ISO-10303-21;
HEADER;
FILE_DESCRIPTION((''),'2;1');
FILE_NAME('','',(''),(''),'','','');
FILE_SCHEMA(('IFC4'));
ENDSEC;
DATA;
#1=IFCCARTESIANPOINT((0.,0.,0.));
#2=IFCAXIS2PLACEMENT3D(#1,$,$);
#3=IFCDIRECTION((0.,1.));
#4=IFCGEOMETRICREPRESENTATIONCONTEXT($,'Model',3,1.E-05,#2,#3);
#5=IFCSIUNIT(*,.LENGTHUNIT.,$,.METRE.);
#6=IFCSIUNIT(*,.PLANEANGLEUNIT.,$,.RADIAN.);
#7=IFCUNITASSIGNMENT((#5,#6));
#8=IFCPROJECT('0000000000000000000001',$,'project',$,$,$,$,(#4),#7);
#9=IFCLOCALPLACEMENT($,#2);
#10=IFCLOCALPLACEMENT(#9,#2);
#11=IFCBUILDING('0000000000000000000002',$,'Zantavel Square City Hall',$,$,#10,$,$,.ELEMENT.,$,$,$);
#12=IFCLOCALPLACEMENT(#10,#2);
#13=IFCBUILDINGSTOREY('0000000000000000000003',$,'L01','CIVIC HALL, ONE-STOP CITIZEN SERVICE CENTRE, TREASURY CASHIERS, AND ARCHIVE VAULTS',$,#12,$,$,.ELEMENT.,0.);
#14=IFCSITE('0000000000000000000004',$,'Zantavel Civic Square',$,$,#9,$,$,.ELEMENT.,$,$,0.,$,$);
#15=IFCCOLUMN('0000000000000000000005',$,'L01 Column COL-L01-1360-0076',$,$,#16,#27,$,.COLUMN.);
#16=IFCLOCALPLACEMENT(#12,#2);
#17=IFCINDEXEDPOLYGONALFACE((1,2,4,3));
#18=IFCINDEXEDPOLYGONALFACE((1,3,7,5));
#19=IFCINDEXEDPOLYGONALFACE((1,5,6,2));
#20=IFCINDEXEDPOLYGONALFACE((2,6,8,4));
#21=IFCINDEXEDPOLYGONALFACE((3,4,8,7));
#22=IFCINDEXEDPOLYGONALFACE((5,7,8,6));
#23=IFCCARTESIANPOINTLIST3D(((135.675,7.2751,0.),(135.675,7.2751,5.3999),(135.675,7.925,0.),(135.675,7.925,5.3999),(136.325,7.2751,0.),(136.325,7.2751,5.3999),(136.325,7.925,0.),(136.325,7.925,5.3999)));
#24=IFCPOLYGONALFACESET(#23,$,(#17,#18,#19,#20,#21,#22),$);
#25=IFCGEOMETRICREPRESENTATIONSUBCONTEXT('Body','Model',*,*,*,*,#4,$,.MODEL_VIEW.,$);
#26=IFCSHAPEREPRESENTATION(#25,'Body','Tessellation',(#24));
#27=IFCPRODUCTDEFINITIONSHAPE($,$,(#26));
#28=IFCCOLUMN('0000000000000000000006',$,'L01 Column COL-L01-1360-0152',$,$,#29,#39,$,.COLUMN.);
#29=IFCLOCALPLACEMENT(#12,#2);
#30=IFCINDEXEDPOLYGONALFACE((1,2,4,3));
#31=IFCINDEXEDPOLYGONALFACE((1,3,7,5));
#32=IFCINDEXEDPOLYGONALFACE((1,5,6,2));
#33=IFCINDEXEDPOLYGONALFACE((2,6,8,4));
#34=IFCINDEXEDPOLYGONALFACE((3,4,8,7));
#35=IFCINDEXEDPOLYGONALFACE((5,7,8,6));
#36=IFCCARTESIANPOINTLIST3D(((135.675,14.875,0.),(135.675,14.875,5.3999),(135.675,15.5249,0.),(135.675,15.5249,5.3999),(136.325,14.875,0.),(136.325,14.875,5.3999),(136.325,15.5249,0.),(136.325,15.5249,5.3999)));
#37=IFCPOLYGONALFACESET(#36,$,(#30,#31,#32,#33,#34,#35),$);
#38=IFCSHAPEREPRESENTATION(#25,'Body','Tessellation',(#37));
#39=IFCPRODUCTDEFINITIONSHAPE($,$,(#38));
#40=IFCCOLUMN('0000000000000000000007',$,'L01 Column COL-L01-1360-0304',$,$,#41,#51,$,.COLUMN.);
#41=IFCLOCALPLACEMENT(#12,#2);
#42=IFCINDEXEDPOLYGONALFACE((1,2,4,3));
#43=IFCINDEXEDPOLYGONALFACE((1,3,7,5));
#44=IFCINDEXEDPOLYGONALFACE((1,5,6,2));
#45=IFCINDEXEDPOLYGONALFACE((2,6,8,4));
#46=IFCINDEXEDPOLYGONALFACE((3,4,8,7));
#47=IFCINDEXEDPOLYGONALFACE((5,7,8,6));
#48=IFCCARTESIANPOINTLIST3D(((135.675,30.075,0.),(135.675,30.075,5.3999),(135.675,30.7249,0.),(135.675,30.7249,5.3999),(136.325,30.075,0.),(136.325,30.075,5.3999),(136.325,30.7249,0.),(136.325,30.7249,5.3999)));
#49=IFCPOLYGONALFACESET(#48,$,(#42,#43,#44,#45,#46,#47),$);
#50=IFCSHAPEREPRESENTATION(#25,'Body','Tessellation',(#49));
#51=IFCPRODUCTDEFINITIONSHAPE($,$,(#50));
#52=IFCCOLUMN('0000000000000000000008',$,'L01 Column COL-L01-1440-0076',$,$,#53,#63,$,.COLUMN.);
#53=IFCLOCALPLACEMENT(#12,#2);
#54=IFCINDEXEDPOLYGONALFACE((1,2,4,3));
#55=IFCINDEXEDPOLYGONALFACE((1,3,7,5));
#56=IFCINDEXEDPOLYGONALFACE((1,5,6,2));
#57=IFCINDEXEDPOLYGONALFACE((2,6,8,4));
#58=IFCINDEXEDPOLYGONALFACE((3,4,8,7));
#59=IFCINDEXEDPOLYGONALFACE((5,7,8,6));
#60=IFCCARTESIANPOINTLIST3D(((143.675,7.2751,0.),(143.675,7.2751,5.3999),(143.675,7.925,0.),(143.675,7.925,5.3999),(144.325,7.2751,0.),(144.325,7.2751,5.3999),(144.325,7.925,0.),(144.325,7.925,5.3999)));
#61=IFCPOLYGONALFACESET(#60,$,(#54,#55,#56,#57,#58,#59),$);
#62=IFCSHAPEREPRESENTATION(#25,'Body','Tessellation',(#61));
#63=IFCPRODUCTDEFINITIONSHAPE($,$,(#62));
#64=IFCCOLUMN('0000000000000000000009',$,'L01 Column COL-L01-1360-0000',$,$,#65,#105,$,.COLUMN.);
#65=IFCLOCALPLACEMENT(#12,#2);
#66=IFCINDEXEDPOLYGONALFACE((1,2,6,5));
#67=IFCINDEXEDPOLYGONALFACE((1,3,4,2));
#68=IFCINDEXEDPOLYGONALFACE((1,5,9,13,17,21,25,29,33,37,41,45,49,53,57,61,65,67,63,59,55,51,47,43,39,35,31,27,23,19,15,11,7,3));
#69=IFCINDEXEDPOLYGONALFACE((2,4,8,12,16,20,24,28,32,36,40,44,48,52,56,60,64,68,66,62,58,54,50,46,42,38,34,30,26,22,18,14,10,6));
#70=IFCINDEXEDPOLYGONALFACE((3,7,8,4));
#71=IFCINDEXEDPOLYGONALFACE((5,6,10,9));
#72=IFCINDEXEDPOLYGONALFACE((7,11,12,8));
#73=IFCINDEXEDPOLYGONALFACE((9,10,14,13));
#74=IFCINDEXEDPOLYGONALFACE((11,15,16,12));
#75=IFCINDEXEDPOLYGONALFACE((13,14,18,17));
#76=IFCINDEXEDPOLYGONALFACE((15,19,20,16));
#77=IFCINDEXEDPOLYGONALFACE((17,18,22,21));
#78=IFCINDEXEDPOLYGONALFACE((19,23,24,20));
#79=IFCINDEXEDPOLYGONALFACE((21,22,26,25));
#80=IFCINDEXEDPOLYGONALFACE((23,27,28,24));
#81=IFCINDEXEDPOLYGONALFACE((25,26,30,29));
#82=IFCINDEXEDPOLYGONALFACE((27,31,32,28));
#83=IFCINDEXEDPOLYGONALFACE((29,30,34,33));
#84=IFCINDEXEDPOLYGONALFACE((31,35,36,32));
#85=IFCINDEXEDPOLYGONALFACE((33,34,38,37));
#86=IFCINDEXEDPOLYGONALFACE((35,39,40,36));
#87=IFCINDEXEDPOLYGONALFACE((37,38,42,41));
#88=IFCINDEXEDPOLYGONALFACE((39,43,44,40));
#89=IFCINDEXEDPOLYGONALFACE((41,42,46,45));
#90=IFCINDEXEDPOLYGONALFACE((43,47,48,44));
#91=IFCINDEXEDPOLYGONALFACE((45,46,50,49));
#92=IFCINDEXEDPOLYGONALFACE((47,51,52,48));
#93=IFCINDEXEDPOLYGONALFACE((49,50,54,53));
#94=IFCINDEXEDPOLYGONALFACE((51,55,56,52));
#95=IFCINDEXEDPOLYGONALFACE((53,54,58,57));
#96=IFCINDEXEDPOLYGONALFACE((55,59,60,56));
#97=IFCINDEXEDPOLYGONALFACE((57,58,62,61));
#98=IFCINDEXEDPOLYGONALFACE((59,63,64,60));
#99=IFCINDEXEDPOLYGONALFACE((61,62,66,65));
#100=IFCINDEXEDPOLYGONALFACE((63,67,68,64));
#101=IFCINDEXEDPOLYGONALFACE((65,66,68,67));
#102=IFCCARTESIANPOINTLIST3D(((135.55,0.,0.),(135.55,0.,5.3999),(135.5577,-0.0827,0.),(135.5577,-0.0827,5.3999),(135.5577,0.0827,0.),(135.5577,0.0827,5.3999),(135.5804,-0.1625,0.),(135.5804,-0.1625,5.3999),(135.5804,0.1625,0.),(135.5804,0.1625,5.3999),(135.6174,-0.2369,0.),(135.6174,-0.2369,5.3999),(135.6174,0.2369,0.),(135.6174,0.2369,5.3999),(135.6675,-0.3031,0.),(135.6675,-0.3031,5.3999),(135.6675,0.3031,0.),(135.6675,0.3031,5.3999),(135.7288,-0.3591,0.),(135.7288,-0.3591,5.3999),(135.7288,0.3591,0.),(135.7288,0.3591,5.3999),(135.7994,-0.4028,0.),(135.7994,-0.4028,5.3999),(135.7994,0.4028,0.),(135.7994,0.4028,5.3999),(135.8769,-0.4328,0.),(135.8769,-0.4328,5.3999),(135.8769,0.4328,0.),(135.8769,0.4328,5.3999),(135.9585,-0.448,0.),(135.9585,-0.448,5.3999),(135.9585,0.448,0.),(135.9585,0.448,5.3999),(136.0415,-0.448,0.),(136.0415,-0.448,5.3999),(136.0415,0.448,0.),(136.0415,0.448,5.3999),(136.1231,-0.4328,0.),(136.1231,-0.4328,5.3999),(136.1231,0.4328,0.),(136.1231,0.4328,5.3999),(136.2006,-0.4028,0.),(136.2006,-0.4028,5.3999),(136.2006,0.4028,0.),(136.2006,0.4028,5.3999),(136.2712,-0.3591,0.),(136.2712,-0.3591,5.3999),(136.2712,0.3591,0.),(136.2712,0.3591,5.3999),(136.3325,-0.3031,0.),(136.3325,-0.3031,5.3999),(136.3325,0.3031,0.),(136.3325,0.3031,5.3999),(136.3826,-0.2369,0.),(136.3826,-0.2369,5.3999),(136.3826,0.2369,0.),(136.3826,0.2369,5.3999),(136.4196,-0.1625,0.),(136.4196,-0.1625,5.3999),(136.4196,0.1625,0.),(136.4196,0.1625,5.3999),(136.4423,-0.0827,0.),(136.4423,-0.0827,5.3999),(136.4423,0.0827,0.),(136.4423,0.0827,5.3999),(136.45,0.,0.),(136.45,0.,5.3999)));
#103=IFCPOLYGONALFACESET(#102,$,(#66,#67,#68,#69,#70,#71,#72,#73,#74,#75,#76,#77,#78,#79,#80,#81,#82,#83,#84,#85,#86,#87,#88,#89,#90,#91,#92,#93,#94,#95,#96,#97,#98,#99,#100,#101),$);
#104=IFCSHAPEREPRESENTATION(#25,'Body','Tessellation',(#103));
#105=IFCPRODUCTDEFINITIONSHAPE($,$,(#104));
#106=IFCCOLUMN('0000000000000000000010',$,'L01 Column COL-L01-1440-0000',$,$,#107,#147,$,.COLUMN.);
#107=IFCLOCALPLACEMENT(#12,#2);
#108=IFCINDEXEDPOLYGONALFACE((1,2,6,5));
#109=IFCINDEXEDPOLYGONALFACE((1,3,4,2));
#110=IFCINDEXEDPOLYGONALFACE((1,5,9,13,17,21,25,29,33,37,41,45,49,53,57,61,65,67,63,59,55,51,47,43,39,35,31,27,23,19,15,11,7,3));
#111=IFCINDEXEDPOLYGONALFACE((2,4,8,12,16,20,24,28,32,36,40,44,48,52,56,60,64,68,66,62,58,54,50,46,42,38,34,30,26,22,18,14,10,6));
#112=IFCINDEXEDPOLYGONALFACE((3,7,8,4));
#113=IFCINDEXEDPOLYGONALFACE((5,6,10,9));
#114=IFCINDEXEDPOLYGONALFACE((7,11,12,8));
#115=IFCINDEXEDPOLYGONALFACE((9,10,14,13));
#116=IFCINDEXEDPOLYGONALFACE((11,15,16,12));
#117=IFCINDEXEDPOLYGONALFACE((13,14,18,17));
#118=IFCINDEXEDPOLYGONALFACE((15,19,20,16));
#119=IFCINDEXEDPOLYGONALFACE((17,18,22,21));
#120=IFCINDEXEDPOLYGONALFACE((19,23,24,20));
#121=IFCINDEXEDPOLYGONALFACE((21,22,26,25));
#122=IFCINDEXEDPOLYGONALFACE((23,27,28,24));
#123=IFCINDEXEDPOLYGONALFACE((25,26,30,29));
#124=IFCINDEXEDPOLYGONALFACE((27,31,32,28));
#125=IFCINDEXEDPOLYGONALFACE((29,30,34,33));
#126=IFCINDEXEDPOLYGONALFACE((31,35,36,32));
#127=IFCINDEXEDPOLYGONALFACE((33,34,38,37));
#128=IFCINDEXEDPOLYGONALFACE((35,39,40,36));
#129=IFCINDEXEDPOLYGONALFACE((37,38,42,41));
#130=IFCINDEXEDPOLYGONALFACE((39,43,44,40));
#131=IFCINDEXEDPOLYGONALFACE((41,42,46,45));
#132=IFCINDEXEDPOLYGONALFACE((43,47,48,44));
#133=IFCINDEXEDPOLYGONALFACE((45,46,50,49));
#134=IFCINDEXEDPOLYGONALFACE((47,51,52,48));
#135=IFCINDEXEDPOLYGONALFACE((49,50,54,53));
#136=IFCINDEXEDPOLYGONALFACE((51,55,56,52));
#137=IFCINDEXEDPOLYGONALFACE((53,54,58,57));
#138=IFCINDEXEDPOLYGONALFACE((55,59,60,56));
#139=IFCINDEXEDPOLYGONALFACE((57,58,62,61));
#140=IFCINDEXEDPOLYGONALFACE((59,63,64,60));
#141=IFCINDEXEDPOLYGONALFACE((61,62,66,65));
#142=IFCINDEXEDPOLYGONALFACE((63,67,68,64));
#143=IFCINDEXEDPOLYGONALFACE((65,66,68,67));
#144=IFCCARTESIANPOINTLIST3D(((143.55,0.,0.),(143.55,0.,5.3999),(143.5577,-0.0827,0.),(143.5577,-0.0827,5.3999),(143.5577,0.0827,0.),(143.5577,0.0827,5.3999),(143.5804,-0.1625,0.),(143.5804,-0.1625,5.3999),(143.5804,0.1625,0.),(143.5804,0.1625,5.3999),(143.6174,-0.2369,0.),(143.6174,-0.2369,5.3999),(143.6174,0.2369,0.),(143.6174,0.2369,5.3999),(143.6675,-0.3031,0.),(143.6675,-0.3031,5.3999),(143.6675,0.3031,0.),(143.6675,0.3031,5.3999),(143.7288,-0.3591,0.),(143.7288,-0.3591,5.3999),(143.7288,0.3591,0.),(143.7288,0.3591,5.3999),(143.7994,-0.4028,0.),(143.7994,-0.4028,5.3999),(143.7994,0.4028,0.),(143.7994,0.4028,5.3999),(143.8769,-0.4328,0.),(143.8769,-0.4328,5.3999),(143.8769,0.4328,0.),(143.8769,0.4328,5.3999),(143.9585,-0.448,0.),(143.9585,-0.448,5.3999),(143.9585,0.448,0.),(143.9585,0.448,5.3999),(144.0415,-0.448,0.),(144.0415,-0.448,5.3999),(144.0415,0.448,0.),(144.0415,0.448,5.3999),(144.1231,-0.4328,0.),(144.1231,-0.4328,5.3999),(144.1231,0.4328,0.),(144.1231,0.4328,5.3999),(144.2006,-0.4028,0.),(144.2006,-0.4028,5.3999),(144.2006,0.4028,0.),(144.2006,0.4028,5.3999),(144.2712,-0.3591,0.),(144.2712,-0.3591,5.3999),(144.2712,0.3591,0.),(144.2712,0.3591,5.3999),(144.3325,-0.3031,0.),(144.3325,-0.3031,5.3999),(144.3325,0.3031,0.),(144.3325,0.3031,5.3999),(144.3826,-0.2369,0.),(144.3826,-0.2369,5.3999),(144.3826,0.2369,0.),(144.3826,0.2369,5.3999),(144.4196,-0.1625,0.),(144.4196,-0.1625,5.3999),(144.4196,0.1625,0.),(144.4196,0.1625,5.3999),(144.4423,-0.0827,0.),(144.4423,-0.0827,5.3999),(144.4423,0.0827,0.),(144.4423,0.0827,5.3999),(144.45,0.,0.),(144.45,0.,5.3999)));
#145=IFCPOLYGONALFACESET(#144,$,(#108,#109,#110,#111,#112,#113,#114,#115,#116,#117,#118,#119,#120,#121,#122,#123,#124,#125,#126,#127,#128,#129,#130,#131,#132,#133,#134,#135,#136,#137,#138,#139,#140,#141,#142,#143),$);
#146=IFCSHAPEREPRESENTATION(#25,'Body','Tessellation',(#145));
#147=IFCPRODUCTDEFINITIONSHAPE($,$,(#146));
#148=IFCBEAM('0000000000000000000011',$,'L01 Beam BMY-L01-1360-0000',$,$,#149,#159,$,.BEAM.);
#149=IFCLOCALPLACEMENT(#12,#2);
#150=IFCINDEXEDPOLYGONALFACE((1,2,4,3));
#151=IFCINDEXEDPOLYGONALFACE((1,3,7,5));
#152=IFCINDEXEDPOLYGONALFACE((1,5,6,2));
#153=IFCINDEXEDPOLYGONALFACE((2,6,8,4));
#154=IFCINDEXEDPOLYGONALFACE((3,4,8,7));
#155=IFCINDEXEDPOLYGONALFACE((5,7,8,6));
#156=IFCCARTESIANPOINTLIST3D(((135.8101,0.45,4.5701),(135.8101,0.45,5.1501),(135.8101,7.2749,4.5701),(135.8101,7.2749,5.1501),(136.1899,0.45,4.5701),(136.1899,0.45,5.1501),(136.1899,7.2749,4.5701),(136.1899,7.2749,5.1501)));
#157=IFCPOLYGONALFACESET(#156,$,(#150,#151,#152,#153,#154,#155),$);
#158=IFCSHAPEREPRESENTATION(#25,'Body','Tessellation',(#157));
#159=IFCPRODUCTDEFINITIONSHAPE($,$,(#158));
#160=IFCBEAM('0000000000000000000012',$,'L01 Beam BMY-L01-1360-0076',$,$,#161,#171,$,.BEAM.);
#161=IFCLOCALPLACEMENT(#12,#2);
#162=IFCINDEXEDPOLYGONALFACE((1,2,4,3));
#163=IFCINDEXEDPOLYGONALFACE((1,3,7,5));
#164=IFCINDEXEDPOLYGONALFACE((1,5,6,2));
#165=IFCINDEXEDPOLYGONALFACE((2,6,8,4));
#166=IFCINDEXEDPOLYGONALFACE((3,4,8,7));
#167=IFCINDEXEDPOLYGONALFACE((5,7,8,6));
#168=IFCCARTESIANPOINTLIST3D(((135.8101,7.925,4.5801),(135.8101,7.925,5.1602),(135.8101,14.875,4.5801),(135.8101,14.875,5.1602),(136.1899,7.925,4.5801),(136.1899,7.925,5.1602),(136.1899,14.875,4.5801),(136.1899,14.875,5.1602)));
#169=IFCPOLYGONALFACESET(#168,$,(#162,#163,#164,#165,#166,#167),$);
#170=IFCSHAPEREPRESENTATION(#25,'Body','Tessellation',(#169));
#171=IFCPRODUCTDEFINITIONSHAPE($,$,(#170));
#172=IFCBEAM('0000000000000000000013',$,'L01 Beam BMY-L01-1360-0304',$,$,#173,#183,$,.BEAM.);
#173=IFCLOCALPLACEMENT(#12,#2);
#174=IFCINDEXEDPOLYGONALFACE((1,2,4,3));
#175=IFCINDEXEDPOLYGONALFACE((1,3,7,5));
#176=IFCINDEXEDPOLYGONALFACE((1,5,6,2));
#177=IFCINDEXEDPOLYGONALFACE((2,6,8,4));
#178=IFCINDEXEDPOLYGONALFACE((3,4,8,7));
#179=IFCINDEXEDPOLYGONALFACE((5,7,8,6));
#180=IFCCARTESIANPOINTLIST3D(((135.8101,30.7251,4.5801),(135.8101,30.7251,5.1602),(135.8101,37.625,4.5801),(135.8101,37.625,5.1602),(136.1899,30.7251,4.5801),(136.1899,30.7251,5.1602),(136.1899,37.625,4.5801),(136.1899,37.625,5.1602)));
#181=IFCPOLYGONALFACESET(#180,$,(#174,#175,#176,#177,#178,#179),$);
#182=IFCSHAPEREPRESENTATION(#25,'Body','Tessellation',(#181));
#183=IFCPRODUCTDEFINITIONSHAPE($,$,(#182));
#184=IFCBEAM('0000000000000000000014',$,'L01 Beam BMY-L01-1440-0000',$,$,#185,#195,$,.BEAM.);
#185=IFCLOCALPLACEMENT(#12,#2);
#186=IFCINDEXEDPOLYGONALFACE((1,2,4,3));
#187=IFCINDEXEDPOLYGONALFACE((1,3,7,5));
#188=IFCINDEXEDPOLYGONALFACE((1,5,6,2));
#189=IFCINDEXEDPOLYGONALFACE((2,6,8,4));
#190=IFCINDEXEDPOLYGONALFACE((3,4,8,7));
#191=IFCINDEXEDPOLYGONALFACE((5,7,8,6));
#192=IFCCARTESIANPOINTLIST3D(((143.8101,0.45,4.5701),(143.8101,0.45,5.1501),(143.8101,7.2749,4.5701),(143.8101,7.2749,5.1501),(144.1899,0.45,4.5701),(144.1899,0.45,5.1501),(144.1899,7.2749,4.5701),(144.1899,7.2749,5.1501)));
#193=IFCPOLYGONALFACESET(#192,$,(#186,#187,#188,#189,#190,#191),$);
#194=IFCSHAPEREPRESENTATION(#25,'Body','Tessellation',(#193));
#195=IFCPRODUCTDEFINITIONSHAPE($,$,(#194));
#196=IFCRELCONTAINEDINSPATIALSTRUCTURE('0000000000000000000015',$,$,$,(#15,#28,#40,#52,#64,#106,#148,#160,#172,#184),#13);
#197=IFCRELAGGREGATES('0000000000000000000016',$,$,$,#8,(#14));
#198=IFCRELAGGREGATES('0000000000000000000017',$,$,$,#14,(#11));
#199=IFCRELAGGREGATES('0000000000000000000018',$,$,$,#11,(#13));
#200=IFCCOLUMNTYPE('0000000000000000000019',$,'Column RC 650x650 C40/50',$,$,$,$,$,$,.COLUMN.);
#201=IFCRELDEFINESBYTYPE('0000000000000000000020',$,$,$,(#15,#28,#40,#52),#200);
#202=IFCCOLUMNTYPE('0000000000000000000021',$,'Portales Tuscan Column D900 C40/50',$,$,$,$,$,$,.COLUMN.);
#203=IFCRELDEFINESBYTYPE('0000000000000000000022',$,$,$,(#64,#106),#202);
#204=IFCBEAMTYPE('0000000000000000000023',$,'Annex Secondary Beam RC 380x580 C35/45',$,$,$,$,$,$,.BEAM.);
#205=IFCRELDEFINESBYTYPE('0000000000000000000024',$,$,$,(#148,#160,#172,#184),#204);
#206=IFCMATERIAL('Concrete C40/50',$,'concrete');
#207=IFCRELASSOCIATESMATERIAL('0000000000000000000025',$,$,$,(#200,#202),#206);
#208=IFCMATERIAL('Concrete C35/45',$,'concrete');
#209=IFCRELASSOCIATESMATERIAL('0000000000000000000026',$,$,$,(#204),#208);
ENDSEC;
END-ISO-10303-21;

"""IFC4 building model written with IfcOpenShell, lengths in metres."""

from ifc_helpers import new_model, si_unit, direction, frame, origin, origin_2d, place, context, subcontext, project, spatial, rectangle, circle, extrude, material, material_profile, profile_set, type_object, element, save


model = new_model("IFC4")

# Units and contexts
model_context = context("Model", 3, precision=1e-05, world=origin(), true_north=direction((0.0, 1.0)))
body_context = subcontext(model_context, "Body", "Model", "MODEL_VIEW")
ifc_project = project(units=[si_unit("LENGTHUNIT", "METRE"), si_unit("PLANEANGLEUNIT", "RADIAN")], contexts=[model_context])

# Site, building, storey
site_placement = place(None, origin())
site = spatial("IfcSite", under=ifc_project, at=site_placement, Name="Zantavel Civic Square", CompositionType="ELEMENT", RefElevation=0.0)
building_placement = place(site_placement, origin())
building = spatial("IfcBuilding", under=site, at=building_placement, Name="Zantavel Square City Hall", CompositionType="ELEMENT")
storey_placement = place(building_placement, origin())
storey = spatial("IfcBuildingStorey", under=building, at=storey_placement, Name="L01", Description="CIVIC HALL, ONE-STOP CITIZEN SERVICE CENTRE, TREASURY CASHIERS, AND ARCHIVE VAULTS", CompositionType="ELEMENT", Elevation=0.0)

# Columns
ifc_material_1 = material(Name="Concrete C40/50", Category="concrete")
ifc_material_profile_1 = material_profile(ifc_material_1, rectangle(XDim=0.6499, YDim=0.6499, at=origin_2d()), Name="RC 650x650")
ifc_profile_set_1 = profile_set([ifc_material_profile_1], Name="Concrete C40/50")
column_type_1 = type_object("IfcColumnType", Name="Column RC 650x650 C40/50", PredefinedType="COLUMN", material=ifc_profile_set_1)
for number, where, z_axis, x_axis, name in (
    (1, (136.0, 7.6001, 0.0), (0.0, 0.0, 1.0), (1.0, 0.0, 0.0), "L01 Column COL-L01-1360-0076"),
    (2, (136.0, 15.2, 0.0), (0.0, 0.0, 1.0), (1.0, 0.0, 0.0), "L01 Column COL-L01-1360-0152"),
    (3, (136.0, 30.3999, 0.0), (0.0, 0.0, 1.0), (1.0, 0.0, 0.0), "L01 Column COL-L01-1360-0304"),
    (4, (144.0, 7.6001, 0.0), (0.0, 0.0, 1.0), (1.0, 0.0, 0.0), "L01 Column COL-L01-1440-0076"),
):
    element("IfcColumn", number, at=place(storey_placement, frame(where, z_axis=z_axis, x_axis=x_axis)), inside=storey, type_object=column_type_1, Name=name, PredefinedType="COLUMN", context=body_context, shape_type="SweptSolid", body=[
        extrude(rectangle(XDim=0.6499, YDim=0.6499, at=origin_2d()), origin(), (0.0, 0.0, 1.0), 5.3999),
    ])
ifc_material_profile_2 = material_profile(ifc_material_1, circle(Radius=0.45, at=origin_2d()), Name="ROUND D900")
ifc_profile_set_2 = profile_set([ifc_material_profile_2], Name="Concrete C40/50")
column_type_2 = type_object("IfcColumnType", Name="Portales Tuscan Column D900 C40/50", PredefinedType="COLUMN", material=ifc_profile_set_2)
for number, where, z_axis, x_axis, name in (
    (5, (136.0, 0.0, 0.0), (0.0, 0.0, 1.0), (1.0, 0.0, 0.0), "L01 Column COL-L01-1360-0000"),
    (6, (144.0, 0.0, 0.0), (0.0, 0.0, 1.0), (1.0, 0.0, 0.0), "L01 Column COL-L01-1440-0000"),
):
    element("IfcColumn", number, at=place(storey_placement, frame(where, z_axis=z_axis, x_axis=x_axis)), inside=storey, type_object=column_type_2, Name=name, PredefinedType="COLUMN", context=body_context, shape_type="SweptSolid", body=[
        extrude(circle(Radius=0.45, at=origin_2d()), origin(), (0.0, 0.0, 1.0), 5.3999),
    ])

# Beams
ifc_material_2 = material(Name="Concrete C35/45", Category="concrete")
ifc_material_profile_3 = material_profile(ifc_material_2, rectangle(XDim=0.3799, YDim=0.5801, at=origin_2d()), Name="RC 380x580")
ifc_profile_set_3 = profile_set([ifc_material_profile_3], Name="Concrete C35/45")
beam_type_1 = type_object("IfcBeamType", Name="Annex Secondary Beam RC 380x580 C35/45", PredefinedType="BEAM", material=ifc_profile_set_3)
beam_1_placement = place(storey_placement, frame((136.0, 0.45, 4.8601), z_axis=(0.0, 1.0, 0.0), x_axis=(-1.0, 0.0, 0.0)))
element("IfcBeam", 7, at=beam_1_placement, inside=storey, type_object=beam_type_1, Name="L01 Beam BMY-L01-1360-0000", PredefinedType="BEAM", context=body_context, shape_type="SweptSolid", body=[
    extrude(rectangle(XDim=0.3799, YDim=0.5801, at=origin_2d()), origin(), (0.0, 0.0, 1.0), 6.825),
])
beam_2_placement = place(storey_placement, frame((136.0, 7.925, 4.8701), z_axis=(0.0, 1.0, 0.0), x_axis=(-1.0, 0.0, 0.0)))
element("IfcBeam", 8, at=beam_2_placement, inside=storey, type_object=beam_type_1, Name="L01 Beam BMY-L01-1360-0076", PredefinedType="BEAM", context=body_context, shape_type="SweptSolid", body=[
    extrude(rectangle(XDim=0.3799, YDim=0.5801, at=origin_2d()), origin(), (0.0, 0.0, 1.0), 6.95),
])
beam_3_placement = place(storey_placement, frame((136.0, 30.7251, 4.8701), z_axis=(0.0, 1.0, 0.0), x_axis=(-1.0, 0.0, 0.0)))
element("IfcBeam", 9, at=beam_3_placement, inside=storey, type_object=beam_type_1, Name="L01 Beam BMY-L01-1360-0304", PredefinedType="BEAM", context=body_context, shape_type="SweptSolid", body=[
    extrude(rectangle(XDim=0.3799, YDim=0.5801, at=origin_2d()), origin(), (0.0, 0.0, 1.0), 6.8999),
])
beam_4_placement = place(storey_placement, frame((144.0, 0.45, 4.8601), z_axis=(0.0, 1.0, 0.0), x_axis=(-1.0, 0.0, 0.0)))
element("IfcBeam", 10, at=beam_4_placement, inside=storey, type_object=beam_type_1, Name="L01 Beam BMY-L01-1440-0000", PredefinedType="BEAM", context=body_context, shape_type="SweptSolid", body=[
    extrude(rectangle(XDim=0.3799, YDim=0.5801, at=origin_2d()), origin(), (0.0, 0.0, 1.0), 6.825),
])

save(model, "model.ifc")
